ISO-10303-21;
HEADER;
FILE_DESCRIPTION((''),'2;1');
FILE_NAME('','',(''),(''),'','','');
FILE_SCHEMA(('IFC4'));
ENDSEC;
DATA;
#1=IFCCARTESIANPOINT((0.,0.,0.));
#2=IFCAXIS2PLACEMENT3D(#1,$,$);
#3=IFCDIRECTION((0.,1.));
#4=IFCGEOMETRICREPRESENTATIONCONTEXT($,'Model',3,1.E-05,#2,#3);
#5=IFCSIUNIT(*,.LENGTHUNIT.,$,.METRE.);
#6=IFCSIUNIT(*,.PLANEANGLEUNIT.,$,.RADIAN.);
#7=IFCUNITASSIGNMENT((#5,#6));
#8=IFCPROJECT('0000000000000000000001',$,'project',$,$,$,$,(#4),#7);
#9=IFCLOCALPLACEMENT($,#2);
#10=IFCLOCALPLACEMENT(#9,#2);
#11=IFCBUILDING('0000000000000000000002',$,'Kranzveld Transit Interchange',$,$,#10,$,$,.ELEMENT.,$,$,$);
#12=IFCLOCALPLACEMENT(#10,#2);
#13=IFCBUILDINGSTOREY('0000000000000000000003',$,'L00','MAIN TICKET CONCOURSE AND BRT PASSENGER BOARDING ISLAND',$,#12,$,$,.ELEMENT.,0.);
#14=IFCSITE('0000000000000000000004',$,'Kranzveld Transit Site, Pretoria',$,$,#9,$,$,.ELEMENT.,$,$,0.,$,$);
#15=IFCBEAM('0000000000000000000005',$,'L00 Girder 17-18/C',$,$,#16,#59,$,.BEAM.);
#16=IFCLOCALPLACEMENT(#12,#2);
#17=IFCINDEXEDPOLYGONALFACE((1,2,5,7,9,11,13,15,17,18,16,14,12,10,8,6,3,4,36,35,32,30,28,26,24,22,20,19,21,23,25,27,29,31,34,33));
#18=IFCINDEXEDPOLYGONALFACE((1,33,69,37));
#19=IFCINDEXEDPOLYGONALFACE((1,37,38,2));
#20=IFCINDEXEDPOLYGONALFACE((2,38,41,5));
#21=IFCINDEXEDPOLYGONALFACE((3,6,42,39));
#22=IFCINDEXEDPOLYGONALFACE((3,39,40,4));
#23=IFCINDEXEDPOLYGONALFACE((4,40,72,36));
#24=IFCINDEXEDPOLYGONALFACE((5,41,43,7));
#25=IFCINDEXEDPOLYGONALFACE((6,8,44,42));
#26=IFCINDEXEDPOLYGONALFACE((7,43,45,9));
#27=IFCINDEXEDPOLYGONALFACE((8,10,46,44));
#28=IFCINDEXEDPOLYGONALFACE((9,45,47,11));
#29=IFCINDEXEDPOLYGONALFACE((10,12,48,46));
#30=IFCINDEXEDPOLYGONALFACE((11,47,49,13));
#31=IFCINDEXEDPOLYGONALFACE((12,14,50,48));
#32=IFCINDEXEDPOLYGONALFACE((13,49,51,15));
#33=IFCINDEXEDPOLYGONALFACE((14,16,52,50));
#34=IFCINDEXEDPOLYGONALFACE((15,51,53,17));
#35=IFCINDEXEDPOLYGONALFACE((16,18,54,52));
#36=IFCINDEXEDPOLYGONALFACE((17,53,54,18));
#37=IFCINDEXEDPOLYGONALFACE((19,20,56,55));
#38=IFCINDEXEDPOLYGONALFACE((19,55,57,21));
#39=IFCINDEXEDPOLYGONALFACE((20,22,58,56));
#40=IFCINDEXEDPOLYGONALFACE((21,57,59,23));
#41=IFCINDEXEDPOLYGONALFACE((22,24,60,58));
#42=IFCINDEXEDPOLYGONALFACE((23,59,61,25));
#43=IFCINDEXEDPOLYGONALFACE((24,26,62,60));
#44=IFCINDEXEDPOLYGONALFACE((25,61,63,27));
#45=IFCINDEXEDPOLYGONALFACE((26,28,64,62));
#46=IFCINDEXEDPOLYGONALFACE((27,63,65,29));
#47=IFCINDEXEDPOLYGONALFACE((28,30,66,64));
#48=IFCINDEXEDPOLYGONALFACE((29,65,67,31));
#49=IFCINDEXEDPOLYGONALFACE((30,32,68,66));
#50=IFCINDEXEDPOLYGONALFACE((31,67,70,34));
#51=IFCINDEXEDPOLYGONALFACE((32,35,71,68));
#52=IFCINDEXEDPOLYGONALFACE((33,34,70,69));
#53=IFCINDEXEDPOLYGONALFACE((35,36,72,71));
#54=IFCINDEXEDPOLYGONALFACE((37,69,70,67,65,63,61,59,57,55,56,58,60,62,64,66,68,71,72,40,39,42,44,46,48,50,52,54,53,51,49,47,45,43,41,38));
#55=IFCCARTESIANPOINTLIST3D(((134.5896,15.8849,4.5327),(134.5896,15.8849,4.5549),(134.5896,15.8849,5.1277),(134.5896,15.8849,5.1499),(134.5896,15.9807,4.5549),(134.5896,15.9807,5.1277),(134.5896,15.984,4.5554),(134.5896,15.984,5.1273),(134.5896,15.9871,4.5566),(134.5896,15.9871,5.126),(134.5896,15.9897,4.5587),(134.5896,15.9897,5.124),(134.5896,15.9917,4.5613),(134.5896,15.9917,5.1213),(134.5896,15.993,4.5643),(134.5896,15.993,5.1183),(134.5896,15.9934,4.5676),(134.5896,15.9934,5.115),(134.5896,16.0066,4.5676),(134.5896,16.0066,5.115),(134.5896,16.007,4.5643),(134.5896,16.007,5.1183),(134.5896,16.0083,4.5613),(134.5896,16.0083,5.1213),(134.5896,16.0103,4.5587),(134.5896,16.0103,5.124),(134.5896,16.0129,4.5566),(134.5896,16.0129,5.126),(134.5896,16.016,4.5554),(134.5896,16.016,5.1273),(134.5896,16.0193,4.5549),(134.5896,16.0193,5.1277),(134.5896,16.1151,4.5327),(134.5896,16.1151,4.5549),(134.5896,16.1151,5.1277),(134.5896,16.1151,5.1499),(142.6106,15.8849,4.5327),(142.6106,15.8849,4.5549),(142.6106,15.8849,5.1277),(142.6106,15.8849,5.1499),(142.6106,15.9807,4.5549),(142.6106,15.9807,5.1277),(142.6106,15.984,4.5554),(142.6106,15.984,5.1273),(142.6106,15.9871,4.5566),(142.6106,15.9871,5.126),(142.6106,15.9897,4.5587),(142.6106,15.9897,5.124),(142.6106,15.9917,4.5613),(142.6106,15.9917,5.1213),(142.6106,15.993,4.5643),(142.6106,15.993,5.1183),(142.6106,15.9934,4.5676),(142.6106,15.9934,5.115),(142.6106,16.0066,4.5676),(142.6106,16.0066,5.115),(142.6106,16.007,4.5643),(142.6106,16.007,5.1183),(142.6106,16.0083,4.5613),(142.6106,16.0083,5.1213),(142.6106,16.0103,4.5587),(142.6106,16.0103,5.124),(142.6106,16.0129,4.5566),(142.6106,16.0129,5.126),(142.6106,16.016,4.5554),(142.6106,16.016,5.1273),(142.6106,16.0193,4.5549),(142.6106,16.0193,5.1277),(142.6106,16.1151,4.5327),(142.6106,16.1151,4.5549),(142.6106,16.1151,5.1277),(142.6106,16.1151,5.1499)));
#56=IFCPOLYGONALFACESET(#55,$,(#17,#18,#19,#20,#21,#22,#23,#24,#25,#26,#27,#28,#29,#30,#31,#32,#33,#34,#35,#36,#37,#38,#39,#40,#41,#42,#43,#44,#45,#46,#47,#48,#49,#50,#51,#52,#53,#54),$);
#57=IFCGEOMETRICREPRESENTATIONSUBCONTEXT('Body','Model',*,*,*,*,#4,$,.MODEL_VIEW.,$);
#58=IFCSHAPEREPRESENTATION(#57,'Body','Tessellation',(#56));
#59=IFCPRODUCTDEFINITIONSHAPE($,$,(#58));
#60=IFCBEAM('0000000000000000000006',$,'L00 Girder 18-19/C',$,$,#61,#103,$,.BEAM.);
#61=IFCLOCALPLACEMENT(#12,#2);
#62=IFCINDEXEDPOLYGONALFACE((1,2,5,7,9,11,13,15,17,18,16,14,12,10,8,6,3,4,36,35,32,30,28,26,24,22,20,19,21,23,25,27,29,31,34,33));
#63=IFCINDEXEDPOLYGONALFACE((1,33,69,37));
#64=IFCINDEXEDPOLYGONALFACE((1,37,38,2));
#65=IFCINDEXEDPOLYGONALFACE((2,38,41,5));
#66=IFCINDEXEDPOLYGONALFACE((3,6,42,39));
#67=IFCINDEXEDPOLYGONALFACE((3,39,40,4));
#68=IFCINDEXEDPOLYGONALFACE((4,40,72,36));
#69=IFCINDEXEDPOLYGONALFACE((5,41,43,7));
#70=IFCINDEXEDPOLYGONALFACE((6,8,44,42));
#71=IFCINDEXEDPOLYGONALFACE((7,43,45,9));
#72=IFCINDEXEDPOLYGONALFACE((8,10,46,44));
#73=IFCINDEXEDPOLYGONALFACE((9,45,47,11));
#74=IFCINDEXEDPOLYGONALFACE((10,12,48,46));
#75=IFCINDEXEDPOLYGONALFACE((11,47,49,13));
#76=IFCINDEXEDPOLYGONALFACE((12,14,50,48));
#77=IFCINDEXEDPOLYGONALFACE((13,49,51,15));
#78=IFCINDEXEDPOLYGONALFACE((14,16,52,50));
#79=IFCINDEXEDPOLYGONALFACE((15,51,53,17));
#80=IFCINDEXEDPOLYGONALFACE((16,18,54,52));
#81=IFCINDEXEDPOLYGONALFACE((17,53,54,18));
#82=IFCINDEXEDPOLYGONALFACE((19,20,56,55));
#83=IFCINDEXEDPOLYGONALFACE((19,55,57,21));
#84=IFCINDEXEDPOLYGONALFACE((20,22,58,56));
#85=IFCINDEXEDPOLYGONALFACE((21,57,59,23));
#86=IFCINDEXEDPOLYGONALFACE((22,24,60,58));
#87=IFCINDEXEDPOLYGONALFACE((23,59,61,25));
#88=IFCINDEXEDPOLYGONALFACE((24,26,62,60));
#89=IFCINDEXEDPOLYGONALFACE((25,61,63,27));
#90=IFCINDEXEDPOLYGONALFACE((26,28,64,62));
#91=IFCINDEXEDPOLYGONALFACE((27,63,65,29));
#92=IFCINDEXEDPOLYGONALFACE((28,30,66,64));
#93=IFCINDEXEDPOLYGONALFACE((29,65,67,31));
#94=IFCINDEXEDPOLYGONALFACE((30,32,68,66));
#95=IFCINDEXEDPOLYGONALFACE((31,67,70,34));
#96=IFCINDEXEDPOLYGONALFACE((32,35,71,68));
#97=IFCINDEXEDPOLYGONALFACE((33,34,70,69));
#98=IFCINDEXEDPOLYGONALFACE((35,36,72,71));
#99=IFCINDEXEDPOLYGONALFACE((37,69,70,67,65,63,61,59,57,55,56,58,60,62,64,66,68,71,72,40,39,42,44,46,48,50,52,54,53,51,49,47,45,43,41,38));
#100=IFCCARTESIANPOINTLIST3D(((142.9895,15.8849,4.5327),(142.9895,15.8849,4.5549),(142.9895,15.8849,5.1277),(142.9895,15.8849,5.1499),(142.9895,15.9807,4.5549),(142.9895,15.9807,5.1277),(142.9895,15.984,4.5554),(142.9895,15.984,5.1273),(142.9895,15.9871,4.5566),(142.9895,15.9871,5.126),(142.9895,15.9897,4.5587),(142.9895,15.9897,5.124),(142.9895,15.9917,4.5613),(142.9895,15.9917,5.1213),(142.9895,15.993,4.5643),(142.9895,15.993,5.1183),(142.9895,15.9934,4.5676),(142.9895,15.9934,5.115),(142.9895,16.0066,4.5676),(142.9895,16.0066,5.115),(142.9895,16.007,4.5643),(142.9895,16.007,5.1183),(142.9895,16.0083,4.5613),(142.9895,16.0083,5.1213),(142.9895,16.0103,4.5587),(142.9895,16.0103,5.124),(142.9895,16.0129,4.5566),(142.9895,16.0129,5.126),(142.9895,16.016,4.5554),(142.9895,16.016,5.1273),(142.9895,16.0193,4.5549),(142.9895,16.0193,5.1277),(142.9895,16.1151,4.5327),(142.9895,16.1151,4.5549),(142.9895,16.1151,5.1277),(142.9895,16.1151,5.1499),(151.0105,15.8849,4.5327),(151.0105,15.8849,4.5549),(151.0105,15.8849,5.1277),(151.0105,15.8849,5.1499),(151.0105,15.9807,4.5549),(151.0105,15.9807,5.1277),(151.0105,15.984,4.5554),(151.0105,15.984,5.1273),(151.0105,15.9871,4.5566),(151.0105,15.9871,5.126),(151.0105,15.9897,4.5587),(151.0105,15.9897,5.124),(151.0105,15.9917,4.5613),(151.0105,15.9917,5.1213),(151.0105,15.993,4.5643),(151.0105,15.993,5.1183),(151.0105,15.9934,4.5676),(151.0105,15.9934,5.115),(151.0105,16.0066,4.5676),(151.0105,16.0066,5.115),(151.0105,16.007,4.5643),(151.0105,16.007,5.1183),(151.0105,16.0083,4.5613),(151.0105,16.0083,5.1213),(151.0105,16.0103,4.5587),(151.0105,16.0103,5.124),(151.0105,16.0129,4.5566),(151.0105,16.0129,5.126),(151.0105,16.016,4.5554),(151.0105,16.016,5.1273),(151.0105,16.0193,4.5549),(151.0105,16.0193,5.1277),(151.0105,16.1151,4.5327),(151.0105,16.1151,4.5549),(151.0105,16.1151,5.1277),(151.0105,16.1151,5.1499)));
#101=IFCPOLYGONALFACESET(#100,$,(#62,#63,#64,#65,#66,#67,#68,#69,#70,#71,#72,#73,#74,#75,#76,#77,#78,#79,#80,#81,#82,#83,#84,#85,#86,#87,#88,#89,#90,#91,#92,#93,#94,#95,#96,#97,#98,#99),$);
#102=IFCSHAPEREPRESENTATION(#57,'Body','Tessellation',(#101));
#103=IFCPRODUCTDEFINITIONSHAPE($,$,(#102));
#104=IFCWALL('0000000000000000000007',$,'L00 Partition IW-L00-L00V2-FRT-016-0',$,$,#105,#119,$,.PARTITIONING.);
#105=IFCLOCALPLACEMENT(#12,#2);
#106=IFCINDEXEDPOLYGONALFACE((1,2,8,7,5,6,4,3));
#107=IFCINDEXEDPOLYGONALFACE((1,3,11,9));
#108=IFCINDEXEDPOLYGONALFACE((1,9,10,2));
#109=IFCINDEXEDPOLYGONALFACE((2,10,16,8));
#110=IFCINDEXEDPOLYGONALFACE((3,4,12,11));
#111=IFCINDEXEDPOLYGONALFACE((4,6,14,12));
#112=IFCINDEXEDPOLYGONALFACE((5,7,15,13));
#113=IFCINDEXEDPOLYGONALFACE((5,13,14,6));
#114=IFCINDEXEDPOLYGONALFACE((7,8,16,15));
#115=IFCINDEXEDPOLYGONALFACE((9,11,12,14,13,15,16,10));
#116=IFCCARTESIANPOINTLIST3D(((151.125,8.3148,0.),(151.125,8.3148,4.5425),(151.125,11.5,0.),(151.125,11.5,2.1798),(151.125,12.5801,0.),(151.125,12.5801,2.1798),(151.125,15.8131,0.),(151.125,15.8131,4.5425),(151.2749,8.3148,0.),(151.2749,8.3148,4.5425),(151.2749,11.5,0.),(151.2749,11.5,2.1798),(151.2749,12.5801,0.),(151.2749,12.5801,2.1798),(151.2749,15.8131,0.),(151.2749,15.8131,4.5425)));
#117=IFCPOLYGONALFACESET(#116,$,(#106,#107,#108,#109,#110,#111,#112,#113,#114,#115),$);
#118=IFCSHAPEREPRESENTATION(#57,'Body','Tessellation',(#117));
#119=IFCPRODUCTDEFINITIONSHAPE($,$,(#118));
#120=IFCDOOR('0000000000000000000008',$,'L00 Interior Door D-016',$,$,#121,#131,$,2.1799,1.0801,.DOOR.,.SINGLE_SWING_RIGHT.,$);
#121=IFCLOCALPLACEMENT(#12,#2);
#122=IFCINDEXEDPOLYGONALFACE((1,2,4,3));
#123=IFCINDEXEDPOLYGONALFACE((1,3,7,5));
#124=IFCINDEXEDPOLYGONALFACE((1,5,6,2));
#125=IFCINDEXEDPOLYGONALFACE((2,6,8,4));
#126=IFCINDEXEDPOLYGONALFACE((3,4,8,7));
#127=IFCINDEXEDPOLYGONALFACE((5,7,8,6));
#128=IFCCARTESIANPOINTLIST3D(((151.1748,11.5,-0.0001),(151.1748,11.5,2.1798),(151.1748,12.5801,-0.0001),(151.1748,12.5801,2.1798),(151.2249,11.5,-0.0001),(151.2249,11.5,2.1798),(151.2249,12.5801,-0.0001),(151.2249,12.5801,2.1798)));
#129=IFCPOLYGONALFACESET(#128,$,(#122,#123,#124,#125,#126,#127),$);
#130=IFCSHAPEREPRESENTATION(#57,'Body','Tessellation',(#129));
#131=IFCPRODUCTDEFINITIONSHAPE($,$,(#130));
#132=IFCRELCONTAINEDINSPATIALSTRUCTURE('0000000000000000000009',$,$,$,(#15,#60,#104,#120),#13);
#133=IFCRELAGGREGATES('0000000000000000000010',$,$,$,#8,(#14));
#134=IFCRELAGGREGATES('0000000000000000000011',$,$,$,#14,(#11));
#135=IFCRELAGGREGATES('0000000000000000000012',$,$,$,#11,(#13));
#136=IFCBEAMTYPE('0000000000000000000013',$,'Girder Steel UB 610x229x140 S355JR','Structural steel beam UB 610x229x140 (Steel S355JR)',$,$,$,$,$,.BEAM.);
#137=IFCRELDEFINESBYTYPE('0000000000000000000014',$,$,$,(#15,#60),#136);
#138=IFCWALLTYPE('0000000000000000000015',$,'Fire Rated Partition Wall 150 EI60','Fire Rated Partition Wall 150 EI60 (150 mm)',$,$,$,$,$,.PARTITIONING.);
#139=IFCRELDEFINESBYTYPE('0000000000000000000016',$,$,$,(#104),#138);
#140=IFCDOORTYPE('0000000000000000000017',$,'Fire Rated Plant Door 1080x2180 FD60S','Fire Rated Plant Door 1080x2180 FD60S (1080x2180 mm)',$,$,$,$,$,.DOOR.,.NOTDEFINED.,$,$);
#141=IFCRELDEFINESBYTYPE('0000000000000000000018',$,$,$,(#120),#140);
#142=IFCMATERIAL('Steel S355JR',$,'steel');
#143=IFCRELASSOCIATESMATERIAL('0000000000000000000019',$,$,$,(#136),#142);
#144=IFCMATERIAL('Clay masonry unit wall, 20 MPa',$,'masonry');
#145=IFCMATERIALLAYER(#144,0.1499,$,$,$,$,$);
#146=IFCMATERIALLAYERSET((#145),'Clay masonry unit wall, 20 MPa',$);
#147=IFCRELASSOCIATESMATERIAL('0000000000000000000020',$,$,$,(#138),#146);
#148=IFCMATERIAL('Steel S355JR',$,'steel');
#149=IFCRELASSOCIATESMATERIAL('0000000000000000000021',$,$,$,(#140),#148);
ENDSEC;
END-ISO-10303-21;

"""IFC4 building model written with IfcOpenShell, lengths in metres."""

from ifc_helpers import new_model, si_unit, direction, frame, frame_2d, origin, origin_2d, place, context, subcontext, project, spatial, rectangle, i_section, extrude, material, layer, layer_set, material_profile, profile_set, type_object, element, fill, save


model = new_model("IFC4")

# Units and contexts
model_context = context("Model", 3, precision=1e-05, world=origin(), true_north=direction((0.0, 1.0)))
body_context = subcontext(model_context, "Body", "Model", "MODEL_VIEW")
ifc_project = project(units=[si_unit("LENGTHUNIT", "METRE"), si_unit("PLANEANGLEUNIT", "RADIAN")], contexts=[model_context])

# Site, building, storey
site_placement = place(None, origin())
site = spatial("IfcSite", under=ifc_project, at=site_placement, Name="Kranzveld Transit Site, Pretoria", CompositionType="ELEMENT", RefElevation=0.0)
building_placement = place(site_placement, origin())
building = spatial("IfcBuilding", under=site, at=building_placement, Name="Kranzveld Transit Interchange", CompositionType="ELEMENT")
storey_placement = place(building_placement, origin())
storey = spatial("IfcBuildingStorey", under=building, at=storey_placement, Name="L00", Description="MAIN TICKET CONCOURSE AND BRT PASSENGER BOARDING ISLAND", CompositionType="ELEMENT", Elevation=0.0)

# Beams
ifc_material_1 = material(Name="Steel S355JR", Category="steel")
ifc_material_profile_1 = material_profile(ifc_material_1, i_section(OverallWidth=0.2302, OverallDepth=0.6172, WebThickness=0.0132, FlangeThickness=0.0222, FilletRadius=0.0127, at=origin_2d()), Name="UB 610x229x140")
ifc_profile_set_1 = profile_set([ifc_material_profile_1], Name="Steel S355JR")
beam_type_1 = type_object("IfcBeamType", Name="Girder Steel UB 610x229x140 S355JR", Description="Structural steel beam UB 610x229x140 (Steel S355JR)", PredefinedType="BEAM", material=ifc_profile_set_1)
for number, where, z_axis, x_axis, name in (
    (1, (134.5896, 16.0, 4.8413), (1.0, 0.0, 0.0), (0.0, 1.0, 0.0), "L00 Girder 17-18/C"),
    (2, (142.9895, 16.0, 4.8413), (1.0, 0.0, 0.0), (0.0, 1.0, 0.0), "L00 Girder 18-19/C"),
):
    element("IfcBeam", number, at=place(storey_placement, frame(where, z_axis=z_axis, x_axis=x_axis)), inside=storey, type_object=beam_type_1, Name=name, PredefinedType="BEAM", context=body_context, shape_type="SweptSolid", body=[
        extrude(i_section(OverallWidth=0.2302, OverallDepth=0.6172, WebThickness=0.0132, FlangeThickness=0.0222, FilletRadius=0.0127, at=origin_2d()), origin(), (0.0, 0.0, 1.0), 8.021),
    ])

# Wall, opening, door
ifc_material_2 = material(Name="Clay masonry unit wall, 20 MPa", Category="masonry")
ifc_layer = layer(ifc_material_2, 0.1499)
ifc_layer_set = layer_set([ifc_layer], Name="Clay masonry unit wall, 20 MPa")
wall_type = type_object("IfcWallType", Name="Fire Rated Partition Wall 150 EI60", Description="Fire Rated Partition Wall 150 EI60 (150 mm)", PredefinedType="PARTITIONING", material=ifc_layer_set)
wall_placement = place(storey_placement, frame((151.2, 8.3149, 0.0), z_axis=(0.0, 0.0, 1.0), x_axis=(0.0, 1.0, 0.0)))
wall = element("IfcWall", 3, at=wall_placement, inside=storey, type_object=wall_type, Name="L00 Partition IW-L00-L00V2-FRT-016-0", PredefinedType="PARTITIONING", context=body_context, shape_type="SweptSolid", body=[
    extrude(rectangle(XDim=7.4983, YDim=0.1499, at=frame_2d((3.749, 0.0))), origin(), (0.0, 0.0, 1.0), 4.5425),
])
opening_placement = place(wall_placement, frame((4.2651, 0.0, 0.0), z_axis=(0.0, 0.0, 1.0), x_axis=(-1.0, 0.0, 0.0)))
opening = element("IfcOpeningElement", 4, at=opening_placement, cuts=wall, PredefinedType="OPENING", context=body_context, shape_type="SweptSolid", body=[
    extrude(rectangle(XDim=1.0801, YDim=2.1799, at=frame_2d((0.54, 1.0898))), frame((0.0, 0.085, 0.0), z_axis=(0.0, -1.0, 0.0), x_axis=(1.0, 0.0, 0.0)), (0.0, 0.0, 1.0), 0.1699),
])
ifc_material_3 = material(Name="Steel S355JR", Category="steel")
door_type = type_object("IfcDoorType", Name="Fire Rated Plant Door 1080x2180 FD60S", Description="Fire Rated Plant Door 1080x2180 FD60S (1080x2180 mm)", OperationType="NOTDEFINED", PredefinedType="DOOR", material=ifc_material_3)
door_placement = place(opening_placement, origin())
door = element("IfcDoor", 5, at=door_placement, inside=storey, type_object=door_type, Name="L00 Interior Door D-016", OperationType="SINGLE_SWING_RIGHT", OverallHeight=2.1799, OverallWidth=1.0801, PredefinedType="DOOR", context=body_context, shape_type="SweptSolid", body=[
    extrude(rectangle(XDim=1.0801, YDim=2.1799, at=frame_2d((0.54, 1.0898))), frame((0.0, 0.0249, 0.0), z_axis=(0.0, -1.0, 0.0), x_axis=(1.0, 0.0, 0.0)), (0.0, 0.0, 1.0), 0.05),
])
fill(opening, door)

save(model, "model.ifc")
